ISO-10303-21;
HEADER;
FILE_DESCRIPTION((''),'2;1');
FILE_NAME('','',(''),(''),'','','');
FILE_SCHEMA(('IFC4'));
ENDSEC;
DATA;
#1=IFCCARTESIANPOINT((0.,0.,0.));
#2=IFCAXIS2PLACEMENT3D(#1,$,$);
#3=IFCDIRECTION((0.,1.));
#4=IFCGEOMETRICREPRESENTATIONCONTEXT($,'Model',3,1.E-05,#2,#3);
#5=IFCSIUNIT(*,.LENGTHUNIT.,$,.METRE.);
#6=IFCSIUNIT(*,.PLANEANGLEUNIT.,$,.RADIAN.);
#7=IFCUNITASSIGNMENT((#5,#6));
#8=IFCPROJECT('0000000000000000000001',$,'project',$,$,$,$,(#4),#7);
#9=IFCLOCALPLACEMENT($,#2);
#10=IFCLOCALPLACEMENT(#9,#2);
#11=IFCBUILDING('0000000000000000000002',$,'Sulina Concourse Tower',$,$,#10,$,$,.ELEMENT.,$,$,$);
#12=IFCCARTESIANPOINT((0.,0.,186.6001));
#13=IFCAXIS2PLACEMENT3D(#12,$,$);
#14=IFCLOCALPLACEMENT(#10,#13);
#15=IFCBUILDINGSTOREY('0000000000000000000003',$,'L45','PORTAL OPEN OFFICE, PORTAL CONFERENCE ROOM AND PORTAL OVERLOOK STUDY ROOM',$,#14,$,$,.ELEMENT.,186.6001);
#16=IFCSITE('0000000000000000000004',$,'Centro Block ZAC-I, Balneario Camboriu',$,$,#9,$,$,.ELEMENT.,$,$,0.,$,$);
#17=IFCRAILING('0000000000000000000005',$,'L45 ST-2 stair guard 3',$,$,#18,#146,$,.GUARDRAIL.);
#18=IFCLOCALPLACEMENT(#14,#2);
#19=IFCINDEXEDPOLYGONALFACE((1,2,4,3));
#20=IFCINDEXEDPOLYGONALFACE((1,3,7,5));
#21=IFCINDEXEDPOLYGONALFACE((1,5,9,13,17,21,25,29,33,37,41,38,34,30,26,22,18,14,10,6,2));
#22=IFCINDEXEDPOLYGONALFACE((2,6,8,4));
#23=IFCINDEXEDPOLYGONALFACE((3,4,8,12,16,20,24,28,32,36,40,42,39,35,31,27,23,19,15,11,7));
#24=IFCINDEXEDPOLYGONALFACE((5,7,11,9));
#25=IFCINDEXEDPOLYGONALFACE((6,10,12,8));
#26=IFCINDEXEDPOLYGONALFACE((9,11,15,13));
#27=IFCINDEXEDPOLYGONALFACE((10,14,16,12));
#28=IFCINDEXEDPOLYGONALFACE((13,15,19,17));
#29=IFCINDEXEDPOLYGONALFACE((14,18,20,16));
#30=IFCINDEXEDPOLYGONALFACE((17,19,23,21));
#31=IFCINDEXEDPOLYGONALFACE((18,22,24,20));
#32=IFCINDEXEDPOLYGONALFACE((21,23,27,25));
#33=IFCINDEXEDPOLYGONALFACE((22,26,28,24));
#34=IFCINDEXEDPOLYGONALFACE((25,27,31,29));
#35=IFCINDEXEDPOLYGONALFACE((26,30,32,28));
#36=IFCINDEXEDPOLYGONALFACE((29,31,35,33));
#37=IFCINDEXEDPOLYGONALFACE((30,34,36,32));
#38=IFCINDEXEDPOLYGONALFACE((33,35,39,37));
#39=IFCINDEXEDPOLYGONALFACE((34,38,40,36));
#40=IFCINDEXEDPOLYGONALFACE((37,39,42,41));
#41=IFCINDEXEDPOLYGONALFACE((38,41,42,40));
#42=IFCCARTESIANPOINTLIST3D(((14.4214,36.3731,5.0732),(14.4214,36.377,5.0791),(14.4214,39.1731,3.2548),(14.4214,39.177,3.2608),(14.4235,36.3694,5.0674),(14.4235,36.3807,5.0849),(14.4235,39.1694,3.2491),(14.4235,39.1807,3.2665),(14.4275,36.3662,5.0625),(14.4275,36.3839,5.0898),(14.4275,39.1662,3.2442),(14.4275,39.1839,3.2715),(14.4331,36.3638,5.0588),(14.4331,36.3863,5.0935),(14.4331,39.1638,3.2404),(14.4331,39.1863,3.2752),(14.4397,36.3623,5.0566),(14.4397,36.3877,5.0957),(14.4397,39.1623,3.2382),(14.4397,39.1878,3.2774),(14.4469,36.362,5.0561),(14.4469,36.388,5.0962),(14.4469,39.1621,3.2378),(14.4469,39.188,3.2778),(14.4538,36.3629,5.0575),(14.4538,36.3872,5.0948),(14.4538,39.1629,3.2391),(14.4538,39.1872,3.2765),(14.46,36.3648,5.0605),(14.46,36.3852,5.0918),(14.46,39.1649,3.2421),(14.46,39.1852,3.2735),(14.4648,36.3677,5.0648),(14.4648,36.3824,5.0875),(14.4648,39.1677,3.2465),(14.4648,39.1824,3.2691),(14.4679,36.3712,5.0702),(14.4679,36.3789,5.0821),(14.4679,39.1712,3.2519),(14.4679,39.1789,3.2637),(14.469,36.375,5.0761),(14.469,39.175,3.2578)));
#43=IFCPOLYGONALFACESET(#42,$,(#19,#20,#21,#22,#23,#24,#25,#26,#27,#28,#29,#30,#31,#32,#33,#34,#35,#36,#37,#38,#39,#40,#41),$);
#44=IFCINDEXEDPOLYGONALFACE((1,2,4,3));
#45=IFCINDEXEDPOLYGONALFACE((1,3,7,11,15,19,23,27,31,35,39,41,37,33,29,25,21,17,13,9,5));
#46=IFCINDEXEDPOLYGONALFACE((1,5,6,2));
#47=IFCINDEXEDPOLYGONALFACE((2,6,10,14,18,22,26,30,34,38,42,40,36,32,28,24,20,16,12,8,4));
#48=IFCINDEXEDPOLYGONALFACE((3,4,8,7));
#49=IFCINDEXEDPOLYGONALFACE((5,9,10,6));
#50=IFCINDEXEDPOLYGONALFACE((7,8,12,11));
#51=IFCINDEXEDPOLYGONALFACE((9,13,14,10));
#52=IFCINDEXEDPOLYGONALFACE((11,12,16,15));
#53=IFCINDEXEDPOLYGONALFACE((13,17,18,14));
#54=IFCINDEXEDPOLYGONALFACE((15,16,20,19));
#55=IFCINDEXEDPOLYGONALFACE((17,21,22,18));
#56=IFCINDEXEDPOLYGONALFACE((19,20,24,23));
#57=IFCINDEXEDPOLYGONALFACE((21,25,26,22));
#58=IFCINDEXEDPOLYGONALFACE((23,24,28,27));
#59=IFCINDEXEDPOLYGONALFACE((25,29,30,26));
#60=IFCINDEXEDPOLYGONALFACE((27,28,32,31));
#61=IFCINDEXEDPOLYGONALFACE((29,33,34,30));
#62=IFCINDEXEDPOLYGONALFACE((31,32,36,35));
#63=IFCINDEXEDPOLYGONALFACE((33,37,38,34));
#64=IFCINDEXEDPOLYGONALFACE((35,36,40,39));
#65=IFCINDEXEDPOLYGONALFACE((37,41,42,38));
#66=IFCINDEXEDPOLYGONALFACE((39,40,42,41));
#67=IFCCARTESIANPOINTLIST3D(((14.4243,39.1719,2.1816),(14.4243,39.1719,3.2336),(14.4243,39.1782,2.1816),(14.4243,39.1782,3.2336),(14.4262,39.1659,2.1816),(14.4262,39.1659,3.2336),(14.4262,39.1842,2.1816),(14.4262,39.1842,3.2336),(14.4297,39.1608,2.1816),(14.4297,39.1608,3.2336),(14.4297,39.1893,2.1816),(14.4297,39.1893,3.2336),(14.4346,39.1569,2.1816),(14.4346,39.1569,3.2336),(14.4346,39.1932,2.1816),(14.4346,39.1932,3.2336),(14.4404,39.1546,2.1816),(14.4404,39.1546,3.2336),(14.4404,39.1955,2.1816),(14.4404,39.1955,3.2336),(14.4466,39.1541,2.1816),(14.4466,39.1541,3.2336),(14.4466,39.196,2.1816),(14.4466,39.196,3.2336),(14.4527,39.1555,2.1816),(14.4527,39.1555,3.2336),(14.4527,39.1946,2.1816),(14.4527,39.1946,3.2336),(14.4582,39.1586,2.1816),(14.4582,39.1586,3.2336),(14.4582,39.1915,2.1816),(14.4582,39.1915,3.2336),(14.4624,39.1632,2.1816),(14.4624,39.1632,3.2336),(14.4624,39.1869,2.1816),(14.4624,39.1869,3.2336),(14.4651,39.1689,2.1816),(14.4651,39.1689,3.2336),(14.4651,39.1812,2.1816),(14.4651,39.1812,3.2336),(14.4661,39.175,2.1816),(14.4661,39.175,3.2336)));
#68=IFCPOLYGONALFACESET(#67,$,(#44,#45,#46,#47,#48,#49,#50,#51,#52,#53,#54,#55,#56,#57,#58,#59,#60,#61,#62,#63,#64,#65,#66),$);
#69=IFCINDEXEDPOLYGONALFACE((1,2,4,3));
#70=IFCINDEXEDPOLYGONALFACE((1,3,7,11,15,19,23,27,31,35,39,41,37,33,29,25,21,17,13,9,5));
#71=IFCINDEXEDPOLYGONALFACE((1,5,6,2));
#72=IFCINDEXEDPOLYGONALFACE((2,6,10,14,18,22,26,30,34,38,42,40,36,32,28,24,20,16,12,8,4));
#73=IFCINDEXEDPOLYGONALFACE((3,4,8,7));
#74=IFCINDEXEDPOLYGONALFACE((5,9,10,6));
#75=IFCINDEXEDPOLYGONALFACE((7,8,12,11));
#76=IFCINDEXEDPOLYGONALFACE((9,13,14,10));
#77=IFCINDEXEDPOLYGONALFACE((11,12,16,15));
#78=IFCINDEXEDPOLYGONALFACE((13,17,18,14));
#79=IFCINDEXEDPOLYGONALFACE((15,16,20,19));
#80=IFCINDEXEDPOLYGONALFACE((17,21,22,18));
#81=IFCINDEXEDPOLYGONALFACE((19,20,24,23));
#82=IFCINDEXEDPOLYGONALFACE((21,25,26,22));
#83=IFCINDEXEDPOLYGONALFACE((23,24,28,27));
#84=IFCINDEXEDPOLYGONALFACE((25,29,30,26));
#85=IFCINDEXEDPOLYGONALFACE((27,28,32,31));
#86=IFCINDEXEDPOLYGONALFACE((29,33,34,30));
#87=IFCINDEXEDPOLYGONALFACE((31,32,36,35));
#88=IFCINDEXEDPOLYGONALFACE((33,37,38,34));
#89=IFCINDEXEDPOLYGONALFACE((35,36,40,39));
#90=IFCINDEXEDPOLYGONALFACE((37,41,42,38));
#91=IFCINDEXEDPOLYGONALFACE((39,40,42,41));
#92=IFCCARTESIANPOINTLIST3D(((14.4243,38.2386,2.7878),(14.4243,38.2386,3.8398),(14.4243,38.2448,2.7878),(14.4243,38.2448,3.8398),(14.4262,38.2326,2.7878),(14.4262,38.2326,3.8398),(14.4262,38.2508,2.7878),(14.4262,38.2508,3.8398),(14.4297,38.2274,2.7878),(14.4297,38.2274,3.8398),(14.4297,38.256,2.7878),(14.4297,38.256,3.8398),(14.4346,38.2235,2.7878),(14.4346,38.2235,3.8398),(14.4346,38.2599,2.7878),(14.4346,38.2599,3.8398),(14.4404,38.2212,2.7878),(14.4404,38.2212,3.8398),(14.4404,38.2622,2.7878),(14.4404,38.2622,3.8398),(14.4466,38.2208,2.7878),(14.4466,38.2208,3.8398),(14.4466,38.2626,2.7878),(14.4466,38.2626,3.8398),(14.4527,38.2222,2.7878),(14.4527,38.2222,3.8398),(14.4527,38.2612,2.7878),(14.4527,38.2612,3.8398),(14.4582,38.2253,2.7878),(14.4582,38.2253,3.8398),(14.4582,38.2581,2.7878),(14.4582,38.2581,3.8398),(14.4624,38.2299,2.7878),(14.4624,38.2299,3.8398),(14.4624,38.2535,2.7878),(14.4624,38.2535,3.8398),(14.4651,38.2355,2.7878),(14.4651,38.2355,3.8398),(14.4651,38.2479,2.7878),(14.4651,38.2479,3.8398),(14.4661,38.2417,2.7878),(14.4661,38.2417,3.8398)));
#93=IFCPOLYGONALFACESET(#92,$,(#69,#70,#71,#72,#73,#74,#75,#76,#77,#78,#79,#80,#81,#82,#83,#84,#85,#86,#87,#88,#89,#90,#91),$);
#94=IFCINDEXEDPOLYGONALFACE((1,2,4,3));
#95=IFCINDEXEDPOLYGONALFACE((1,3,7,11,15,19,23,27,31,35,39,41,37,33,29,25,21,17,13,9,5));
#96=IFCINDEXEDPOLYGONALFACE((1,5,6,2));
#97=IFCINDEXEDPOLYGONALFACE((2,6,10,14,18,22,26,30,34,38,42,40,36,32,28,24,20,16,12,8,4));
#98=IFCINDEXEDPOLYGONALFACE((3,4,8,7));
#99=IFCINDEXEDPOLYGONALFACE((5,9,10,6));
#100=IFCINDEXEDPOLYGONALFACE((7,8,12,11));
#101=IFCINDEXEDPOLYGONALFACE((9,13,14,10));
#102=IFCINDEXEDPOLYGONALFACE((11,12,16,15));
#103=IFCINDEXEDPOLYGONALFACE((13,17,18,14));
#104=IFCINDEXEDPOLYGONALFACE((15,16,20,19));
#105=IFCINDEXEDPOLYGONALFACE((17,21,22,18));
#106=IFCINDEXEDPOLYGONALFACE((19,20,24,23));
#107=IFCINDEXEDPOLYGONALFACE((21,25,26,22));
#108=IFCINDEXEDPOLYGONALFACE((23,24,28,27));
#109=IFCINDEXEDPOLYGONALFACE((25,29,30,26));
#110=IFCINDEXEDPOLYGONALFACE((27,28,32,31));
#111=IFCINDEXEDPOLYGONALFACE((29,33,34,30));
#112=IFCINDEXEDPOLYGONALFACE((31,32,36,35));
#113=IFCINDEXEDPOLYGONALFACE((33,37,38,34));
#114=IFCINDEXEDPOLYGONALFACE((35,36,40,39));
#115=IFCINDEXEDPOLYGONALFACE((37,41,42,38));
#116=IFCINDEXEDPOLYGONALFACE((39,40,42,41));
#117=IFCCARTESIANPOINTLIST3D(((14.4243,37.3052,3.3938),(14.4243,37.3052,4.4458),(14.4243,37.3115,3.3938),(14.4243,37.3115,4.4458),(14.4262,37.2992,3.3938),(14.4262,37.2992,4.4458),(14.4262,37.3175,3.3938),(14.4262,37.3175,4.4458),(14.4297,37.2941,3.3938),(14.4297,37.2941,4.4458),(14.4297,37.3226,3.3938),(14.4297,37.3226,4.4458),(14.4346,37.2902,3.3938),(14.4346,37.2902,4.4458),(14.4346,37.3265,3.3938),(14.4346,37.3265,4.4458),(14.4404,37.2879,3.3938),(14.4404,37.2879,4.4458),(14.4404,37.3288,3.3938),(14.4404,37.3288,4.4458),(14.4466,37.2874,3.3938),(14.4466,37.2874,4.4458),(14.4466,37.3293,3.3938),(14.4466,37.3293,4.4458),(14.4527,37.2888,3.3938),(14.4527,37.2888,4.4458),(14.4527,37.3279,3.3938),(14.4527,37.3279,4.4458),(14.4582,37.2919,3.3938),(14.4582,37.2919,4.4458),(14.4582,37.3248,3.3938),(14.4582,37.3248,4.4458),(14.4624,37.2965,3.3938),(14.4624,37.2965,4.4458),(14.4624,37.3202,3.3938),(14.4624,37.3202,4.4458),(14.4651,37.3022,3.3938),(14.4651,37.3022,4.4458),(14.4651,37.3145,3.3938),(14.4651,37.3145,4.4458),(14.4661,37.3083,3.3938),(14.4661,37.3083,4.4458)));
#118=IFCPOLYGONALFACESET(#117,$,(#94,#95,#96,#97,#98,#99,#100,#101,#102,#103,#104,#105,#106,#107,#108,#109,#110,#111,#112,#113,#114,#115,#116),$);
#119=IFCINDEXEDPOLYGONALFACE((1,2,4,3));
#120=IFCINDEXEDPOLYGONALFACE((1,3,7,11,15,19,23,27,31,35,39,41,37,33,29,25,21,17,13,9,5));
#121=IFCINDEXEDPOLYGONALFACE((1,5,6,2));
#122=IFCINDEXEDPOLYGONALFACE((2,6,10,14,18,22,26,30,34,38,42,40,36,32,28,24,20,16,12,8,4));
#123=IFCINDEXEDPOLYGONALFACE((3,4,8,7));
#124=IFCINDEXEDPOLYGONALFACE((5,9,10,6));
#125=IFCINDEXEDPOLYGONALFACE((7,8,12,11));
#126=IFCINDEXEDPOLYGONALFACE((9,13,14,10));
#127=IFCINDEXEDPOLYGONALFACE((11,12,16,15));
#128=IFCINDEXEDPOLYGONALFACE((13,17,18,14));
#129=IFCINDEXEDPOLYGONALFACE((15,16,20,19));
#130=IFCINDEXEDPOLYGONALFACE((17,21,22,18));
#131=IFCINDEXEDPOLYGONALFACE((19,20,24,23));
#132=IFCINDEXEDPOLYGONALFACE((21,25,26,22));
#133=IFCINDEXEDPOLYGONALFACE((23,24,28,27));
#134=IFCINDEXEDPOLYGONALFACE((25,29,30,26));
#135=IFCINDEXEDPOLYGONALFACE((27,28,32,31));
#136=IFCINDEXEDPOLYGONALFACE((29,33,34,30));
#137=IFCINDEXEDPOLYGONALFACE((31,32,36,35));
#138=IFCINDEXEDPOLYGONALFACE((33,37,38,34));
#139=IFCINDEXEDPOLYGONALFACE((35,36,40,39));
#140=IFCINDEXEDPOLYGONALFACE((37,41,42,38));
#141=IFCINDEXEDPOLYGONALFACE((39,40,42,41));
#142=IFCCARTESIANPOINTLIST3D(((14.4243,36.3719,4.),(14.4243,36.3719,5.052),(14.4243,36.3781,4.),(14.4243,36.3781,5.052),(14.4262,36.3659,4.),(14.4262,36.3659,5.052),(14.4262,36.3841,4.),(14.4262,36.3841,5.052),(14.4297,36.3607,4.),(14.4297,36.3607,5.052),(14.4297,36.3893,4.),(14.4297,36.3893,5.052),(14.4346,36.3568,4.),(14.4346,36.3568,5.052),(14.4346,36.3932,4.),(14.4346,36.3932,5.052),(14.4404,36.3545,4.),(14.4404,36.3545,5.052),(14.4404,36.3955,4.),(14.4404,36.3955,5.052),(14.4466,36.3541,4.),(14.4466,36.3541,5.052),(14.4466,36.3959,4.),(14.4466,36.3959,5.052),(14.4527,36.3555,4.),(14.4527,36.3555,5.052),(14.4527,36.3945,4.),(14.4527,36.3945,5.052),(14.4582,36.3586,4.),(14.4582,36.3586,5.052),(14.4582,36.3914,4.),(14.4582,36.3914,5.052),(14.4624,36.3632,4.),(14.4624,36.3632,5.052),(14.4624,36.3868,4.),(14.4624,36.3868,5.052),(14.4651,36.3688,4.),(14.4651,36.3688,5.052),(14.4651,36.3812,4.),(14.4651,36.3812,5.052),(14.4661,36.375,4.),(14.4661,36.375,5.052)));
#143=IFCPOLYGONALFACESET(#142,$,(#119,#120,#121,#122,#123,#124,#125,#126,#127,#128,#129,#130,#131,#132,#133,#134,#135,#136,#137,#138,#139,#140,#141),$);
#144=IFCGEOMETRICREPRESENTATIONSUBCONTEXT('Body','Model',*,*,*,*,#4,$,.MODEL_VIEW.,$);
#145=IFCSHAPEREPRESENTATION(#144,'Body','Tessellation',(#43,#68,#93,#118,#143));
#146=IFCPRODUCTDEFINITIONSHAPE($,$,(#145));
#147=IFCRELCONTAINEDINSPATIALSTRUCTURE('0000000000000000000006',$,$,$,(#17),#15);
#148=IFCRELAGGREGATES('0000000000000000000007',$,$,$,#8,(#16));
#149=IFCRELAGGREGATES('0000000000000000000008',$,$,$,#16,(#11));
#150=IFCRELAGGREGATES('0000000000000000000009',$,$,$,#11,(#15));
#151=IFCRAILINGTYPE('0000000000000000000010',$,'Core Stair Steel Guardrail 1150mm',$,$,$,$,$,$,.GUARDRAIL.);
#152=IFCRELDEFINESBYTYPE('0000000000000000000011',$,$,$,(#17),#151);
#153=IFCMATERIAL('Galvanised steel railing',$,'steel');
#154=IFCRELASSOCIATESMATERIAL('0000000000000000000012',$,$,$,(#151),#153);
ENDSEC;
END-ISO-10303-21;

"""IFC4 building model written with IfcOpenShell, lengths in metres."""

from ifc_helpers import new_model, si_unit, direction, frame, origin, origin_2d, place, context, subcontext, project, spatial, circle, extrude, material, type_object, element, save


model = new_model("IFC4")

# Units and contexts
model_context = context("Model", 3, precision=1e-05, world=origin(), true_north=direction((0.0, 1.0)))
body_context = subcontext(model_context, "Body", "Model", "MODEL_VIEW")
ifc_project = project(units=[si_unit("LENGTHUNIT", "METRE"), si_unit("PLANEANGLEUNIT", "RADIAN")], contexts=[model_context])

# Site, building, storey
site_placement = place(None, origin())
site = spatial("IfcSite", under=ifc_project, at=site_placement, Name="Centro Block ZAC-I, Balneario Camboriu", CompositionType="ELEMENT", RefElevation=0.0)
building_placement = place(site_placement, origin())
building = spatial("IfcBuilding", under=site, at=building_placement, Name="Sulina Concourse Tower", CompositionType="ELEMENT")
storey_placement = place(building_placement, frame((0.0, 0.0, 186.6001)))
storey = spatial("IfcBuildingStorey", under=building, at=storey_placement, Name="L45", Description="PORTAL OPEN OFFICE, PORTAL CONFERENCE ROOM AND PORTAL OVERLOOK STUDY ROOM", CompositionType="ELEMENT", Elevation=186.6001)

# Railing
ifc_material_1 = material(Name="Galvanised steel railing", Category="steel")
railing_type_1 = type_object("IfcRailingType", Name="Core Stair Steel Guardrail 1150mm", PredefinedType="GUARDRAIL", material=ifc_material_1)
railing_1_placement = place(storey_placement, frame((14.4451, 39.175, 2.1816)))
element("IfcRailing", 1, at=railing_1_placement, inside=storey, type_object=railing_type_1, Name="L45 ST-2 stair guard 3", PredefinedType="GUARDRAIL", context=body_context, shape_type="SweptSolid", body=[
    extrude(circle(Radius=0.0239, at=origin_2d()), frame((0.0, 0.0, 1.0762), z_axis=(0.0, -0.838672, 0.544636), x_axis=(1.0, 0.0, 0.0)), (0.0, 0.0, 1.0), 3.3386),
    extrude(circle(Radius=0.021, at=origin_2d()), origin(), (0.0, 0.0, 1.0), 1.052),
    extrude(circle(Radius=0.021, at=origin_2d()), frame((0.0, -0.9333, 0.6062)), (0.0, 0.0, 1.0), 1.052),
    extrude(circle(Radius=0.021, at=origin_2d()), frame((0.0, -1.8667, 1.2122)), (0.0, 0.0, 1.0), 1.052),
    extrude(circle(Radius=0.021, at=origin_2d()), frame((0.0, -2.8, 1.8184)), (0.0, 0.0, 1.0), 1.052),
])

save(model, "model.ifc")
